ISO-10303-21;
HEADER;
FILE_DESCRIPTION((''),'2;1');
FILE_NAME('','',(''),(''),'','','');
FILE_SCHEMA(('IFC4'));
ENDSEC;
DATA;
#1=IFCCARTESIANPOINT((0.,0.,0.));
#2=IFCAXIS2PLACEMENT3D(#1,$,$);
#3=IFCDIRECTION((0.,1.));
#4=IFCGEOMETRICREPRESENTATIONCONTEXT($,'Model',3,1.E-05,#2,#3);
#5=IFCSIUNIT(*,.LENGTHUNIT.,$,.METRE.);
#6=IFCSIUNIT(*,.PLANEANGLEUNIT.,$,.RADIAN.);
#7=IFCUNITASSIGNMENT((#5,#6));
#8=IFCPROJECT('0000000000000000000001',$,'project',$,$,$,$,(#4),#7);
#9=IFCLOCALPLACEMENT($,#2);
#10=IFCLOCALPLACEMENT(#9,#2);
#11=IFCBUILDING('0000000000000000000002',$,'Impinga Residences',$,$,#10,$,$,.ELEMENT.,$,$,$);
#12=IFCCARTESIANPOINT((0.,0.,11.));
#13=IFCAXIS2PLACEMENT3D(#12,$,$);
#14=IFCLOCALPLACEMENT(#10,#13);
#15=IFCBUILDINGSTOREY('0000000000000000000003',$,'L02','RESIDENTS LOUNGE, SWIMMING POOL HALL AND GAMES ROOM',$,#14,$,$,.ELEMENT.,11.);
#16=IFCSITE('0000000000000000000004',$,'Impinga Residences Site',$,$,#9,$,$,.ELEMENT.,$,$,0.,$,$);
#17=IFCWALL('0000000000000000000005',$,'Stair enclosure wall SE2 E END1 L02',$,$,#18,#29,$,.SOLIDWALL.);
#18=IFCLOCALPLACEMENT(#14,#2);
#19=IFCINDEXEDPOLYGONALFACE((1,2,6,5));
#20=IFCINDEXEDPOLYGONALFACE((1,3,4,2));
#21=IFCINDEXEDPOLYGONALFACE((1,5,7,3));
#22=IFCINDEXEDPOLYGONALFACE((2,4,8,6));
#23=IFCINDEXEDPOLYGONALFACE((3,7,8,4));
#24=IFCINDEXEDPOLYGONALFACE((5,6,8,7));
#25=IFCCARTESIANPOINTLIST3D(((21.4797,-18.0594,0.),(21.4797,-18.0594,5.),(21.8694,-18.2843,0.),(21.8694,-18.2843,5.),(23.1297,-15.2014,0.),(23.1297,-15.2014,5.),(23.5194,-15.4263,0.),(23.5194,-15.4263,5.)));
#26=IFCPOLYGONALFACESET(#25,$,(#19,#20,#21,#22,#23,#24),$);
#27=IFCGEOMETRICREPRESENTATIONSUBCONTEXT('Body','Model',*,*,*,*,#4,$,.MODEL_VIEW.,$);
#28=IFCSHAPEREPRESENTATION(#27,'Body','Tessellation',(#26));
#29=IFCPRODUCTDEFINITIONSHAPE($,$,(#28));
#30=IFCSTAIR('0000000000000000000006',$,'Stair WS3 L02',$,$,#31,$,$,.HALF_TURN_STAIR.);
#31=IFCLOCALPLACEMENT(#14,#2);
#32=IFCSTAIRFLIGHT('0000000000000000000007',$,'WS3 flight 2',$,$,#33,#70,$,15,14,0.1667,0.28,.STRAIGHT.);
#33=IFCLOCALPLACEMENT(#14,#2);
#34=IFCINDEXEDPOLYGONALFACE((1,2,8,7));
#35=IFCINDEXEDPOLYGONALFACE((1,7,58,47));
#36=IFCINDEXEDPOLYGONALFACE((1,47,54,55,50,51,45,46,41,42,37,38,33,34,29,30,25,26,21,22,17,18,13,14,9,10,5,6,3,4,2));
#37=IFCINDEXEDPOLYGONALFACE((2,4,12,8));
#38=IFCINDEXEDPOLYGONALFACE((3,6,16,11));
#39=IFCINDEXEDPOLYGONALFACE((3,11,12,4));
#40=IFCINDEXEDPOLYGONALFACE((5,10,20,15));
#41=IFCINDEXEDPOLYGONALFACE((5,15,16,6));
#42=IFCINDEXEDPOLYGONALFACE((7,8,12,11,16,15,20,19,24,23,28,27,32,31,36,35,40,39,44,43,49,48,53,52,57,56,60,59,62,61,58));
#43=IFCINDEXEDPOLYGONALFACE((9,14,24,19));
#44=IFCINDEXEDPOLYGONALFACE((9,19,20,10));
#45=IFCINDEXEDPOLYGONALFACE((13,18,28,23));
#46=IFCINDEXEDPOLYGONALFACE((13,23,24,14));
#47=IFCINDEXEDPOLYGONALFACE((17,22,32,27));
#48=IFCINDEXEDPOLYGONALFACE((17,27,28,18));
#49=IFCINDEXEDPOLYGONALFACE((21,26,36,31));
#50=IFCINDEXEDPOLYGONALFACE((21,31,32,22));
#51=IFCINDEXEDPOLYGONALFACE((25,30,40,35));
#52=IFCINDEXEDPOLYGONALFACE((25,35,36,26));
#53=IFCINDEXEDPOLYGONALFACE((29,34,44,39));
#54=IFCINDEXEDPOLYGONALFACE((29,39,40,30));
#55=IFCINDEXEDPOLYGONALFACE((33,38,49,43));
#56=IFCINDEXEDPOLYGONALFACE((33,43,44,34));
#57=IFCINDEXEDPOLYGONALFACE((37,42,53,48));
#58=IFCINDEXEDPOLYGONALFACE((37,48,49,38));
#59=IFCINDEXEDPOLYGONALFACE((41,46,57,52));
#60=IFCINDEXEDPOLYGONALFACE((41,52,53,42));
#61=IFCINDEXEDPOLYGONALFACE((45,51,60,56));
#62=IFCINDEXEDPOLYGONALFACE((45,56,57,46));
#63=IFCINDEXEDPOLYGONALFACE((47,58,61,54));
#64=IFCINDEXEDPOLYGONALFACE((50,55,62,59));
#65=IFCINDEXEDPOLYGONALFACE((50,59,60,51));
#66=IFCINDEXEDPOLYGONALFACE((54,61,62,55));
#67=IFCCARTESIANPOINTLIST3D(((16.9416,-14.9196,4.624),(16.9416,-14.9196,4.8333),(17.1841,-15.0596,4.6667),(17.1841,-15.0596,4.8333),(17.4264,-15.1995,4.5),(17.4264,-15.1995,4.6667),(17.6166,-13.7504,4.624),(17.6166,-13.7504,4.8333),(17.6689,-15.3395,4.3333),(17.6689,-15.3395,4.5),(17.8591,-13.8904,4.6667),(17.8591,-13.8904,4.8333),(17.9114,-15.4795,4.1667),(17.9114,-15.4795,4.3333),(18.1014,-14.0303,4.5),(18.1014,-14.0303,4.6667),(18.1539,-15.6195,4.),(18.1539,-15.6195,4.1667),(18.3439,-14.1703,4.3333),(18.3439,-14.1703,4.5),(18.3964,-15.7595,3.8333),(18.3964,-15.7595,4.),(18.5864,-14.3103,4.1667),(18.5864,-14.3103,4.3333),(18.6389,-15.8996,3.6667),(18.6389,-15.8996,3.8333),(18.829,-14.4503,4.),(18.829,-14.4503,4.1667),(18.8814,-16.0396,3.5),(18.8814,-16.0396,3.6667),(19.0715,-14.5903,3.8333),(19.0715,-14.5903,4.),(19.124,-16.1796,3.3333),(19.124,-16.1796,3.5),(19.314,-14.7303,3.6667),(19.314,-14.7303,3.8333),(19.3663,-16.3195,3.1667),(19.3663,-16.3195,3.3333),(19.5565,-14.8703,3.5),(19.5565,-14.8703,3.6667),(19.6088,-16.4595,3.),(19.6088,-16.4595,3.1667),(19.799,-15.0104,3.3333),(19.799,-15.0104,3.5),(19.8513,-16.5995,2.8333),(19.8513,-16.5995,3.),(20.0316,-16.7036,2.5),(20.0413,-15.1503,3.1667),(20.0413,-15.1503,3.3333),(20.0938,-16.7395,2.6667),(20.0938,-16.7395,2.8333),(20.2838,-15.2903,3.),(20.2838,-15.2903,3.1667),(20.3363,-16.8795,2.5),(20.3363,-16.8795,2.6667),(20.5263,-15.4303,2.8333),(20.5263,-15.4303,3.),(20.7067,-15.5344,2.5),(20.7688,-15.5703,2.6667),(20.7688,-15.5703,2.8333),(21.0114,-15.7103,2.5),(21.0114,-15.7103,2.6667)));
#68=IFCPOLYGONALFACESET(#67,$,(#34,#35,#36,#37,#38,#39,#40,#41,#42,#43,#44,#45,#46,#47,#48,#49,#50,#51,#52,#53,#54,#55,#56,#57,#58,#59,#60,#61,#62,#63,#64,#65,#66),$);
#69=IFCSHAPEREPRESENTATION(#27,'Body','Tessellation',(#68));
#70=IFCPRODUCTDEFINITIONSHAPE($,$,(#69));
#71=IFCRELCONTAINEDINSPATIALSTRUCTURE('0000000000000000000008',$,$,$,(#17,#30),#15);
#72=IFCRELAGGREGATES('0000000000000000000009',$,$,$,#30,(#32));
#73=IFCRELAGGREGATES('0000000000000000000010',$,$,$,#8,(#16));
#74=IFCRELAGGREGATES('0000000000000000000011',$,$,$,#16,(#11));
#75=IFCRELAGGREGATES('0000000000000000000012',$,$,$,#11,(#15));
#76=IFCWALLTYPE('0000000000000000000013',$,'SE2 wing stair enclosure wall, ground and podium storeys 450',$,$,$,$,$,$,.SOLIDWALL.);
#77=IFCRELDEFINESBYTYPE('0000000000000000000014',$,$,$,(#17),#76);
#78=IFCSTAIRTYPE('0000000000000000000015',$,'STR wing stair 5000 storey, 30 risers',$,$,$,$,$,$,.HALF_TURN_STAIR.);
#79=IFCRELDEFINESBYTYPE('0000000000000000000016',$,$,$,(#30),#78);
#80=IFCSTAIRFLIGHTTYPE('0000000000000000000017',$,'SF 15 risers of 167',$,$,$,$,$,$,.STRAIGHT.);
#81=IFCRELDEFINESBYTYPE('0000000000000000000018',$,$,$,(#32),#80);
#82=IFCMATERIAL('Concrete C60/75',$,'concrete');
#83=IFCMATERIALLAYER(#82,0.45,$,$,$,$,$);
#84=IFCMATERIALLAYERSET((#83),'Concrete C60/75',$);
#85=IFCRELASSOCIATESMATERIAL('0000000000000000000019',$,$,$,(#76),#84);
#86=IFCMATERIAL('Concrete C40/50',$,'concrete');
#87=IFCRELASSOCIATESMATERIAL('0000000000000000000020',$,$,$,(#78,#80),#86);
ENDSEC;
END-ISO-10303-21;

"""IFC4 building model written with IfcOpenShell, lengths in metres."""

from ifc_helpers import new_model, si_unit, direction, frame, frame_2d, origin, place, context, subcontext, project, spatial, polyline, rectangle, outline, extrude, material, layer, layer_set, type_object, element, aggregate, save


model = new_model("IFC4")

# Units and contexts
model_context = context("Model", 3, precision=1e-05, world=origin(), true_north=direction((0.0, 1.0)))
body_context = subcontext(model_context, "Body", "Model", "MODEL_VIEW")
ifc_project = project(units=[si_unit("LENGTHUNIT", "METRE"), si_unit("PLANEANGLEUNIT", "RADIAN")], contexts=[model_context])

# Site, building, storey
site_placement = place(None, origin())
site = spatial("IfcSite", under=ifc_project, at=site_placement, Name="Impinga Residences Site", CompositionType="ELEMENT", RefElevation=0.0)
building_placement = place(site_placement, origin())
building = spatial("IfcBuilding", under=site, at=building_placement, Name="Impinga Residences", CompositionType="ELEMENT")
storey_placement = place(building_placement, frame((0.0, 0.0, 11.0)))
storey = spatial("IfcBuildingStorey", under=building, at=storey_placement, Name="L02", Description="RESIDENTS LOUNGE, SWIMMING POOL HALL AND GAMES ROOM", CompositionType="ELEMENT", Elevation=11.0)

# Shared definitions
ifc_material_1 = material(Name="Concrete C60/75", Category="concrete")

# Wall
ifc_layer_1 = layer(ifc_material_1, 0.45)
ifc_layer_set_1 = layer_set([ifc_layer_1], Name="Concrete C60/75")
wall_type_1 = type_object("IfcWallType", Name="SE2 wing stair enclosure wall, ground and podium storeys 450", PredefinedType="SOLIDWALL", material=ifc_layer_set_1)
wall_1_placement = place(storey_placement, frame((23.3245, -15.314, 0.0), z_axis=(0.0, 0.0, 1.0), x_axis=(-0.499974, -0.86604, 0.0)))
element("IfcWall", 1, at=wall_1_placement, inside=storey, type_object=wall_type_1, Name="Stair enclosure wall SE2 E END1 L02", PredefinedType="SOLIDWALL", context=body_context, shape_type="SweptSolid", body=[
    extrude(rectangle(XDim=3.3, YDim=0.45, at=frame_2d((1.6499, 0.0))), origin(), (0.0, 0.0, 1.0), 5.0),
])

# Stair, stair flight
ifc_material_2 = material(Name="Concrete C40/50", Category="concrete")
stair_type = type_object("IfcStairType", Name="STR wing stair 5000 storey, 30 risers", PredefinedType="HALF_TURN_STAIR", material=ifc_material_2)
stair_placement = place(storey_placement, origin())
stair = element("IfcStair", 2, at=stair_placement, inside=storey, type_object=stair_type, Name="Stair WS3 L02", PredefinedType="HALF_TURN_STAIR")
stair_flight_type = type_object("IfcStairFlightType", Name="SF 15 risers of 167", PredefinedType="STRAIGHT", material=ifc_material_2)
stair_flight_placement = place(storey_placement, frame((20.6738, -16.2949, 2.5), z_axis=(0.0, 0.0, 1.0), x_axis=(-0.866025, 0.5, 0.0)))
stair_flight = element("IfcStairFlight", 3, at=stair_flight_placement, type_object=stair_flight_type, Name="WS3 flight 2", NumberOfRisers=15, NumberOfTreads=14, PredefinedType="STRAIGHT", RiserHeight=0.1667, TreadLength=0.28, context=body_context, shape_type="SweptSolid", body=[
    extrude(outline(polyline([(0.0, 0.0), (0.0, 0.1667), (0.28, 0.1667), (0.28, 0.3333), (0.5601, 0.3333), (0.5601, 0.5), (0.8401, 0.5), (0.8401, 0.6667), (1.1201, 0.6667), (1.1201, 0.8333), (1.3999, 0.8333), (1.3999, 1.0), (1.6799, 1.0), (1.6799, 1.1667), (1.96, 1.1667), (1.96, 1.3333), (2.24, 1.3333), (2.24, 1.5), (2.52, 1.5), (2.52, 1.6667), (2.8, 1.6667), (2.8, 1.8333), (3.0801, 1.8333), (3.0801, 2.0), (3.3601, 2.0), (3.3601, 2.1667), (3.6399, 2.1667), (3.6399, 2.3333), (3.9199, 2.3333), (3.9199, 2.5), (3.9199, 2.124), (0.3518, 0.0), (0.0, 0.0)])), frame((0.0, 0.675, 0.0), z_axis=(0.0, -1.0, 0.0), x_axis=(1.0, 0.0, 0.0)), (0.0, 0.0, 1.0), 1.3501),
])
aggregate(stair, [stair_flight])

save(model, "model.ifc")
